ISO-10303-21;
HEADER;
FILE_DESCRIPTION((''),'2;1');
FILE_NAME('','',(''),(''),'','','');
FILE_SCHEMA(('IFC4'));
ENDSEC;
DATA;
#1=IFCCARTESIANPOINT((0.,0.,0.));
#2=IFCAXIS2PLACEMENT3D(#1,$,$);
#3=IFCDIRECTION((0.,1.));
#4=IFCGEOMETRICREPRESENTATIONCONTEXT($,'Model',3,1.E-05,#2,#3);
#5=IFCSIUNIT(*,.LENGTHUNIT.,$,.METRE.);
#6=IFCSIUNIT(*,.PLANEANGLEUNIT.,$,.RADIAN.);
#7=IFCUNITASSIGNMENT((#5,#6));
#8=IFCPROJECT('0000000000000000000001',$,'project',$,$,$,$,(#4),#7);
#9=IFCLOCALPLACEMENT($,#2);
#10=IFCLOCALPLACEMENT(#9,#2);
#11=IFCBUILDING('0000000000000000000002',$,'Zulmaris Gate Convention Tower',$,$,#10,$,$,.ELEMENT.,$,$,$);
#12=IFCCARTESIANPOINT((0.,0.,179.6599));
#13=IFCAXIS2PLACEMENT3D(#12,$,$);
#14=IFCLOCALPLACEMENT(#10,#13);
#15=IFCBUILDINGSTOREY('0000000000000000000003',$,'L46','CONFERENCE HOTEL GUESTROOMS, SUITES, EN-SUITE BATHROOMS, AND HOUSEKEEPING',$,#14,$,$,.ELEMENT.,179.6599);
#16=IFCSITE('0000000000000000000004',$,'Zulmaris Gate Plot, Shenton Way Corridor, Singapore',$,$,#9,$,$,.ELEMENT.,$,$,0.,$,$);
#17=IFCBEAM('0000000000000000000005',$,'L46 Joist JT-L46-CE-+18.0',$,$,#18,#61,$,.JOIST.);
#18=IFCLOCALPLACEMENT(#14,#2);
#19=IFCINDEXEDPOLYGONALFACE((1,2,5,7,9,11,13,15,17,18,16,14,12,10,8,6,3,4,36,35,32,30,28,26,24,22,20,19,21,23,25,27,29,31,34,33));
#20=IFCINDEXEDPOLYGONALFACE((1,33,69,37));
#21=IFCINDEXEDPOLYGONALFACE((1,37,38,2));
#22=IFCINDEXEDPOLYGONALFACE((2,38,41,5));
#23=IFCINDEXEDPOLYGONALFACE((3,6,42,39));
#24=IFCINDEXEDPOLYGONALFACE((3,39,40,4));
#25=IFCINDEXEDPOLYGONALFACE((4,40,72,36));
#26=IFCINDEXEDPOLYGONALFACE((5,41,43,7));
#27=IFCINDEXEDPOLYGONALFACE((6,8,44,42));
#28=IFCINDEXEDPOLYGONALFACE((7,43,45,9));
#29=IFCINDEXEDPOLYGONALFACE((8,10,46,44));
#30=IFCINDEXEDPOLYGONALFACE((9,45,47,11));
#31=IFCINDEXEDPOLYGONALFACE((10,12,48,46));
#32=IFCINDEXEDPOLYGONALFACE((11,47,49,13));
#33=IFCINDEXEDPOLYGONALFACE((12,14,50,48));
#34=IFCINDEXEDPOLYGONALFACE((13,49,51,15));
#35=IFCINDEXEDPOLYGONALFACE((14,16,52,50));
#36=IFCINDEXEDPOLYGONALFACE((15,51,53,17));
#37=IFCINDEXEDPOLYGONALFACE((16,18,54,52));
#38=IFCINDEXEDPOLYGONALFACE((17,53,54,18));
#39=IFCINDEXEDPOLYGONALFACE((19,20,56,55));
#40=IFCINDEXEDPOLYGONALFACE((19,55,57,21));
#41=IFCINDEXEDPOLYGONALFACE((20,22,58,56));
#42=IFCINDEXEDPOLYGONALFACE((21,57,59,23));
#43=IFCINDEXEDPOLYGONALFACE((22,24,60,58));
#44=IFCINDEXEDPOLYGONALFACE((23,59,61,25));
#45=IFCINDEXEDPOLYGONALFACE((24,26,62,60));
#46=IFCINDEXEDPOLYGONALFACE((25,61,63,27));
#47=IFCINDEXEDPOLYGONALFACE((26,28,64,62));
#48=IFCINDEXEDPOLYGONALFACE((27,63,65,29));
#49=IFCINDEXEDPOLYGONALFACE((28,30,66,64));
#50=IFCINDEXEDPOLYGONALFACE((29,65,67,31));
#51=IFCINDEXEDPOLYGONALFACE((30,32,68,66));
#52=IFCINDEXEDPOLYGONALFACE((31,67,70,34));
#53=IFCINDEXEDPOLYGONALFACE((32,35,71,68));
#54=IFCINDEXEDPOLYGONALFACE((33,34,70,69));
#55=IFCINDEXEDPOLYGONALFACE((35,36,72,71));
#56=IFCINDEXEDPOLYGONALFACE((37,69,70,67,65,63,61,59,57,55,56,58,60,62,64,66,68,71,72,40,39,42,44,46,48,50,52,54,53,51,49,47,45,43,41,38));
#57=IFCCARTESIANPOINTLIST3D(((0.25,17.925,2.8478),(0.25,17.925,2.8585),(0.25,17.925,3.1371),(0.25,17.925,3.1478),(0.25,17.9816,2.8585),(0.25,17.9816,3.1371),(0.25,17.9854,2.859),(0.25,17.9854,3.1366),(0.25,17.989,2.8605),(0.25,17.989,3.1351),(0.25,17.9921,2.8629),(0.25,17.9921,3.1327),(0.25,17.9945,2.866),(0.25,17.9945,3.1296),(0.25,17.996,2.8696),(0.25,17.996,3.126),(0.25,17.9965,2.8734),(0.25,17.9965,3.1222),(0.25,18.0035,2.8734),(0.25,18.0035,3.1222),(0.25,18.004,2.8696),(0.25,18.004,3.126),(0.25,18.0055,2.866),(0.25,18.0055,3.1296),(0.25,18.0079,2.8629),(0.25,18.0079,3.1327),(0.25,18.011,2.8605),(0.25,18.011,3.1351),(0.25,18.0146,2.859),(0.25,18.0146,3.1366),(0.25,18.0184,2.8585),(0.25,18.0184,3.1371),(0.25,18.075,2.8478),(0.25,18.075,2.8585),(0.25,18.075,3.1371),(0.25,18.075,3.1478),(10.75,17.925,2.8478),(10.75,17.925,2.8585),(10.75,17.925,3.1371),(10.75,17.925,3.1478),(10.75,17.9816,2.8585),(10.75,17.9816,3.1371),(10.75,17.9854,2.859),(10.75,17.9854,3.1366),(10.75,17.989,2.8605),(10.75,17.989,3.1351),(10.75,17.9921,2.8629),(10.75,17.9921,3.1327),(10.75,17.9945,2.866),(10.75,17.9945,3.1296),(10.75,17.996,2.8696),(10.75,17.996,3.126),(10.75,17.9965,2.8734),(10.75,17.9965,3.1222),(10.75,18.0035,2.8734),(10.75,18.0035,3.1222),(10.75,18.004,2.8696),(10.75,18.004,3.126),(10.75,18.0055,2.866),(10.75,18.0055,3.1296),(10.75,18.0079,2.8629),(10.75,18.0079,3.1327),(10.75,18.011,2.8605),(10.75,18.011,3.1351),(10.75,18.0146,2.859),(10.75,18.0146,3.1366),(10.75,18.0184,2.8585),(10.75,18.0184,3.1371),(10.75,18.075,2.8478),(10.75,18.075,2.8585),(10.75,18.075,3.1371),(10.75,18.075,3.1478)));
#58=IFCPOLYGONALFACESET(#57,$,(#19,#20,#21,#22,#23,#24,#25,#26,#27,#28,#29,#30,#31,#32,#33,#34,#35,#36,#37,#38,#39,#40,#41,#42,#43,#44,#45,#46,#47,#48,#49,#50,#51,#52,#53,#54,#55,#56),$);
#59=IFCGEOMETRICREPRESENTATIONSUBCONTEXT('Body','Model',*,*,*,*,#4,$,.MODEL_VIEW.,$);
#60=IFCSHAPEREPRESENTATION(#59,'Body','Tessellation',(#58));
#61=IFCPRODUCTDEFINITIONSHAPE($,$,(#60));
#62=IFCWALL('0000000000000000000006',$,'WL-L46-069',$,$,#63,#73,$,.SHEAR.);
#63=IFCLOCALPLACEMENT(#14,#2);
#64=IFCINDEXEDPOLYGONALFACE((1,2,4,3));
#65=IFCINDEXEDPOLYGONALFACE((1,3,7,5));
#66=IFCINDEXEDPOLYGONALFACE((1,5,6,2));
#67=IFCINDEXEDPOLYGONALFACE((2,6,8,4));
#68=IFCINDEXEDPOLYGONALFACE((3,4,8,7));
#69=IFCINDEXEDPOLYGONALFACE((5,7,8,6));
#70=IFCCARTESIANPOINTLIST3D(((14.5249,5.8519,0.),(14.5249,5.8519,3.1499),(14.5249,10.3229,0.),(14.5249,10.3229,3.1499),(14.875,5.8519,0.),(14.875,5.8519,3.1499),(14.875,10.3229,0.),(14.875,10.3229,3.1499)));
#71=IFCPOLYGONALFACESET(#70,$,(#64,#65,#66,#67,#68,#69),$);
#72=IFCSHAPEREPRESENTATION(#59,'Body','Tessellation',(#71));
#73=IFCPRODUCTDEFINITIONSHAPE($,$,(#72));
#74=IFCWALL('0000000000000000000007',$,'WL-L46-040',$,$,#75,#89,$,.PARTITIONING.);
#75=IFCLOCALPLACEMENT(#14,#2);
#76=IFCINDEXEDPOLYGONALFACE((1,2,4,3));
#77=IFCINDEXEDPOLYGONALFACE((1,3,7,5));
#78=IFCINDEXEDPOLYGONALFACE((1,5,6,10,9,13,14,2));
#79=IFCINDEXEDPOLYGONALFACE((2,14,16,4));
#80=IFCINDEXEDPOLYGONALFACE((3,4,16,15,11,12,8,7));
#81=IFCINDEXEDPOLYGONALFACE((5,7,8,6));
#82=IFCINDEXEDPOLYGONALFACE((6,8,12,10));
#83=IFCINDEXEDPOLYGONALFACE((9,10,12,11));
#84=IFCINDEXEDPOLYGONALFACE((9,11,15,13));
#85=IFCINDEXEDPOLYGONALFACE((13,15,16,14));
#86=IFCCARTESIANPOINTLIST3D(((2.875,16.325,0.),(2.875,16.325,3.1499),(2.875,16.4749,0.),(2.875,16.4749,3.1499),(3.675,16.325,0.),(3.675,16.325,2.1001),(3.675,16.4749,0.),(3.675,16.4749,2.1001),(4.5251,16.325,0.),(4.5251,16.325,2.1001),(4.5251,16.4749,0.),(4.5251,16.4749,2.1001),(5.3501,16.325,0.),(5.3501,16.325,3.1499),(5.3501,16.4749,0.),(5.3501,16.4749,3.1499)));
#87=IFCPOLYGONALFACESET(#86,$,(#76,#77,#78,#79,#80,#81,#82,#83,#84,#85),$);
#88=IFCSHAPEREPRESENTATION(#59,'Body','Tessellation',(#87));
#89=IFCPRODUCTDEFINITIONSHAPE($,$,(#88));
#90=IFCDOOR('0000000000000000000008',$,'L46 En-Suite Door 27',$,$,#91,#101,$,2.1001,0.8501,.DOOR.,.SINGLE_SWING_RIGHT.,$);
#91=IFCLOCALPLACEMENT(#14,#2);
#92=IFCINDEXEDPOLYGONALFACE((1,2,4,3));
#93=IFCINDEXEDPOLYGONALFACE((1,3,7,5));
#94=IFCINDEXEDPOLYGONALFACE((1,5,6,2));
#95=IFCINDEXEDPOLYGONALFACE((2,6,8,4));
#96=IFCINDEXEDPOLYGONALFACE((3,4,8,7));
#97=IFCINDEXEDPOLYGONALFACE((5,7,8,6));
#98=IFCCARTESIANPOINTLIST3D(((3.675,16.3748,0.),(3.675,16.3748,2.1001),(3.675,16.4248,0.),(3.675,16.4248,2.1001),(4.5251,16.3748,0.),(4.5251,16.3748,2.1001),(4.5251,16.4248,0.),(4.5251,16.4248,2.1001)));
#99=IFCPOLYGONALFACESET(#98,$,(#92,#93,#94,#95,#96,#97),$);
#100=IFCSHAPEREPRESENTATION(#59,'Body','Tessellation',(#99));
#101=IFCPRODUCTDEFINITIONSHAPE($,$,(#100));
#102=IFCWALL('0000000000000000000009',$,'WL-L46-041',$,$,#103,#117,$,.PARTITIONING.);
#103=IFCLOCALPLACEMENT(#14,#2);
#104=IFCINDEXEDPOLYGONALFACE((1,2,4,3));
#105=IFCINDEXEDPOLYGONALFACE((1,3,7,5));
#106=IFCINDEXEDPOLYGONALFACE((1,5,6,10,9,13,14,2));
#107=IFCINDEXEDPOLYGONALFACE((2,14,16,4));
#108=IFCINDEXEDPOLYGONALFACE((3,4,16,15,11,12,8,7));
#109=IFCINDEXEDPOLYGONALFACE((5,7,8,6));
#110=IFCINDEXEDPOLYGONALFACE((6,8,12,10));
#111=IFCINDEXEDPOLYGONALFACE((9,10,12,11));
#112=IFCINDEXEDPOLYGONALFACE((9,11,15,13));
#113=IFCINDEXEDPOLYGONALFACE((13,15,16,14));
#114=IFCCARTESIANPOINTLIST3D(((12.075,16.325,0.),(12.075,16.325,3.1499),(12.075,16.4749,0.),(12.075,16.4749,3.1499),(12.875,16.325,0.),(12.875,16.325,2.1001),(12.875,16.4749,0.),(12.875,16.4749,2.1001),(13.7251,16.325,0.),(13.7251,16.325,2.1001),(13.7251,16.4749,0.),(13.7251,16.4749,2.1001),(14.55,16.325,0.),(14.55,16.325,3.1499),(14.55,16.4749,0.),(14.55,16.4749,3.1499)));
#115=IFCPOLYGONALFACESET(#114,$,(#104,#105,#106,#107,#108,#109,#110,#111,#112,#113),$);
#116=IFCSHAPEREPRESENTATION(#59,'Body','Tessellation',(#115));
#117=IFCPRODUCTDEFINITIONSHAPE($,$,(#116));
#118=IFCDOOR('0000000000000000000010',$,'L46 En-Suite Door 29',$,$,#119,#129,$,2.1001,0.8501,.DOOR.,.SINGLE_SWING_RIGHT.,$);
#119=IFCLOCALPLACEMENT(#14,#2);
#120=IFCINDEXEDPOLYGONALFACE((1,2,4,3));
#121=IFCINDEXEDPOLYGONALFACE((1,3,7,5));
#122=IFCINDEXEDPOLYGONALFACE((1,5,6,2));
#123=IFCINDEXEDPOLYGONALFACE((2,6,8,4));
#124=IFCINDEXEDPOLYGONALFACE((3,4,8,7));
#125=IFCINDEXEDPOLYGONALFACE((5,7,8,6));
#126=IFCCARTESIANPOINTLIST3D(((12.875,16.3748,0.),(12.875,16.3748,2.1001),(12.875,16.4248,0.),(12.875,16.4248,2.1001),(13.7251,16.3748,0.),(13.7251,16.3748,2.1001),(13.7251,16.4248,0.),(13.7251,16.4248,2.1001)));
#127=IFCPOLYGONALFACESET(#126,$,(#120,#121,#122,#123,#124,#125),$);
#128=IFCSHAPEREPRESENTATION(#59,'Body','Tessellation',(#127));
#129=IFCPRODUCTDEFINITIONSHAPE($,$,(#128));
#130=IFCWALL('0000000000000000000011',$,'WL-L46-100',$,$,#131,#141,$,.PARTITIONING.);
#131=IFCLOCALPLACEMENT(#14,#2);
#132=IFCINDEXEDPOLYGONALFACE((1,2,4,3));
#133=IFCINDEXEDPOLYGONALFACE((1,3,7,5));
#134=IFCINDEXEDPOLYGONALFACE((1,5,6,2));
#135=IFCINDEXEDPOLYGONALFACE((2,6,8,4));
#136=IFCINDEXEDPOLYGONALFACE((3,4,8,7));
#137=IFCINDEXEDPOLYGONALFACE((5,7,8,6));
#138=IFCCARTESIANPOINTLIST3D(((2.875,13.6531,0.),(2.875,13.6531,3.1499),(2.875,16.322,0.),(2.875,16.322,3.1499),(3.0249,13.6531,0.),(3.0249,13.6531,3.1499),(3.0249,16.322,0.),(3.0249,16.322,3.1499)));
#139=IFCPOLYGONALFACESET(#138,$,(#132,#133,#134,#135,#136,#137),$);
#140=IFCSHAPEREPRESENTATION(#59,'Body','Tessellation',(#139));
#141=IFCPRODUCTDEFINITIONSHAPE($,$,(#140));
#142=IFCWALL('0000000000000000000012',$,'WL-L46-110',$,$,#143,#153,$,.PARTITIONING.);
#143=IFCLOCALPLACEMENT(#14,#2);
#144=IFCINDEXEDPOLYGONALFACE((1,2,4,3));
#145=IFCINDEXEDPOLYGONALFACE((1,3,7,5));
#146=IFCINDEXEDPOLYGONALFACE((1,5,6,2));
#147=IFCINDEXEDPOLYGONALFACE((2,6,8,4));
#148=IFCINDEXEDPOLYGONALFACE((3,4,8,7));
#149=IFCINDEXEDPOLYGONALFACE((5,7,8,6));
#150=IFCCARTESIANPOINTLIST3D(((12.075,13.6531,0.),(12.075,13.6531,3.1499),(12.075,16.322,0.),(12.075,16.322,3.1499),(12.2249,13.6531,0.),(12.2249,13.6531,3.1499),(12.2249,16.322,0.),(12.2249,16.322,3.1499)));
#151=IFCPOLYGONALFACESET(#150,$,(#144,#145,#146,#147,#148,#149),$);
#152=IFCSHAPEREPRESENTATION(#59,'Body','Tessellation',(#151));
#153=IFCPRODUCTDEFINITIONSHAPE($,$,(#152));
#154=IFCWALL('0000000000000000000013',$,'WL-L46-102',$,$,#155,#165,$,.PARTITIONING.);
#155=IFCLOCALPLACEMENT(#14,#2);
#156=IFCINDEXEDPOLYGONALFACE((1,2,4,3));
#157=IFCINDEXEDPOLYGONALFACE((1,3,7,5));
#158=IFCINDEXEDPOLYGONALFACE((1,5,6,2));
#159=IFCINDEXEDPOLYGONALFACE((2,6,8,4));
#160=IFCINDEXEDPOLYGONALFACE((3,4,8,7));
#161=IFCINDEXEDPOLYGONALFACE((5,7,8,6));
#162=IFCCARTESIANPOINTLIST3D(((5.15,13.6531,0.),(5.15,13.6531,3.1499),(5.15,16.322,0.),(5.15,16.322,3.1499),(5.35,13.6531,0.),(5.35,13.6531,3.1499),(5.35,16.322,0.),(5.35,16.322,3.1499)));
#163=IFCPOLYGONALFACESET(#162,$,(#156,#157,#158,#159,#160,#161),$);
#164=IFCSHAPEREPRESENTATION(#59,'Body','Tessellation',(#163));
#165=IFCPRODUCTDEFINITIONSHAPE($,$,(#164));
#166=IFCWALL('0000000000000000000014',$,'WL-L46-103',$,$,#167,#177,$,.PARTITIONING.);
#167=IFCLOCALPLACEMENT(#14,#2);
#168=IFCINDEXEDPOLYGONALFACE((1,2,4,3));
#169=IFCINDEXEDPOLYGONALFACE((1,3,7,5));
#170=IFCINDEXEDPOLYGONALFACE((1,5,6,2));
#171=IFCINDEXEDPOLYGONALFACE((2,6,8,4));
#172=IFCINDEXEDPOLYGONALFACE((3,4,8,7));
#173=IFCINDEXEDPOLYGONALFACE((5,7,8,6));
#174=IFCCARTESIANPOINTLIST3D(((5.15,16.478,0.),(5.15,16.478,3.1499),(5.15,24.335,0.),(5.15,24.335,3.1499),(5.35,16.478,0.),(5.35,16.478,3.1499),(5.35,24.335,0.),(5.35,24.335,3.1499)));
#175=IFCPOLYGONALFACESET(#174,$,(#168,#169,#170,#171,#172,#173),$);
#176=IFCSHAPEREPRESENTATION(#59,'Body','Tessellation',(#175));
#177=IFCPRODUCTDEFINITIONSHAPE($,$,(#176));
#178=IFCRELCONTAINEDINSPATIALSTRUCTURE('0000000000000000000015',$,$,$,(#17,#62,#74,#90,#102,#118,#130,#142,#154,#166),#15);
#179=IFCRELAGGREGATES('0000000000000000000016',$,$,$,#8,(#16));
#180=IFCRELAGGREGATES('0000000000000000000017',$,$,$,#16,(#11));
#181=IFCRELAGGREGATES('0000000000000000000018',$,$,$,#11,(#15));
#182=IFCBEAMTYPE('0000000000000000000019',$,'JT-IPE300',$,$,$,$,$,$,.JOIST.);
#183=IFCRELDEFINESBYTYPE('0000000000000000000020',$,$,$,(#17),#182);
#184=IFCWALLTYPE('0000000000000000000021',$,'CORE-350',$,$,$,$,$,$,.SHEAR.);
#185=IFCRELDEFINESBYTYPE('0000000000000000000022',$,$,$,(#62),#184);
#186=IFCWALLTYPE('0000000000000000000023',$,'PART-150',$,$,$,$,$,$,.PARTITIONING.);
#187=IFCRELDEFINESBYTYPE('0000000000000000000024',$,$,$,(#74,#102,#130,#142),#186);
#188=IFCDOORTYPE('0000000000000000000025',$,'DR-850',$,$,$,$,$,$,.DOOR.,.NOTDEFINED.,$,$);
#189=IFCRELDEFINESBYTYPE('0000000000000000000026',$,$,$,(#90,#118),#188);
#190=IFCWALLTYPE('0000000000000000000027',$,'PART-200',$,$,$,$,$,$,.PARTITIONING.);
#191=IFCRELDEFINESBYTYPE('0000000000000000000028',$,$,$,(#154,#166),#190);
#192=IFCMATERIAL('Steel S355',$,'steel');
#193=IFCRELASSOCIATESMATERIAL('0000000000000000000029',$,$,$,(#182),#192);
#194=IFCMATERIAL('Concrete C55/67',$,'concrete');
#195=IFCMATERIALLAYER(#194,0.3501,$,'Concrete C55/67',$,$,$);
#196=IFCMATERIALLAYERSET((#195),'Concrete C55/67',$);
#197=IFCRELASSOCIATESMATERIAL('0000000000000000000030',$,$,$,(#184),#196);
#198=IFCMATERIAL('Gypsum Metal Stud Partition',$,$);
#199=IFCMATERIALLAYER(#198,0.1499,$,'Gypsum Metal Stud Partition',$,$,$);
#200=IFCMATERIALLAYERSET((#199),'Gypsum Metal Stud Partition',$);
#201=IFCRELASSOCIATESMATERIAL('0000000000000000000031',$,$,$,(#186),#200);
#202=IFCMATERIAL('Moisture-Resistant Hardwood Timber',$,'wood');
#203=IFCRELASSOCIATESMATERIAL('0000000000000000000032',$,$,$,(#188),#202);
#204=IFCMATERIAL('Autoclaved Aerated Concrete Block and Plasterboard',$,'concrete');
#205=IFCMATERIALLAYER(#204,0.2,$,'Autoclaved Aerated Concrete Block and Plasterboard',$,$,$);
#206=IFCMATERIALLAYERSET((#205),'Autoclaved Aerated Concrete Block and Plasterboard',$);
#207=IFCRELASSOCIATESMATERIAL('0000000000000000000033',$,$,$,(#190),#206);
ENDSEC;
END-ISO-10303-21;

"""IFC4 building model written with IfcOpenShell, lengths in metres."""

from ifc_helpers import new_model, si_unit, direction, frame, frame_2d, origin, origin_2d, place, context, subcontext, project, spatial, rectangle, i_section, extrude, material, layer, layer_set, material_profile, profile_set, type_object, element, fill, save


model = new_model("IFC4")

# Units and contexts
model_context = context("Model", 3, precision=1e-05, world=origin(), true_north=direction((0.0, 1.0)))
body_context = subcontext(model_context, "Body", "Model", "MODEL_VIEW")
ifc_project = project(units=[si_unit("LENGTHUNIT", "METRE"), si_unit("PLANEANGLEUNIT", "RADIAN")], contexts=[model_context])

# Site, building, storey
site_placement = place(None, origin())
site = spatial("IfcSite", under=ifc_project, at=site_placement, Name="Zulmaris Gate Plot, Shenton Way Corridor, Singapore", CompositionType="ELEMENT", RefElevation=0.0)
building_placement = place(site_placement, origin())
building = spatial("IfcBuilding", under=site, at=building_placement, Name="Zulmaris Gate Convention Tower", CompositionType="ELEMENT")
storey_placement = place(building_placement, frame((0.0, 0.0, 179.6599)))
storey = spatial("IfcBuildingStorey", under=building, at=storey_placement, Name="L46", Description="CONFERENCE HOTEL GUESTROOMS, SUITES, EN-SUITE BATHROOMS, AND HOUSEKEEPING", CompositionType="ELEMENT", Elevation=179.6599)

# Beam
ifc_material_1 = material(Name="Steel S355", Category="steel")
ifc_material_profile_1 = material_profile(ifc_material_1, i_section(OverallWidth=0.1499, OverallDepth=0.3, WebThickness=0.0071, FlangeThickness=0.0107, FilletRadius=0.0149, at=origin_2d()), Name="IPE 300")
ifc_profile_set_1 = profile_set([ifc_material_profile_1], Name="Steel S355")
beam_type_1 = type_object("IfcBeamType", Name="JT-IPE300", PredefinedType="JOIST", material=ifc_profile_set_1)
for number, where, z_axis, x_axis, name in (
    (1, (0.25, 18.0, 2.9978), (1.0, 0.0, 0.0), (0.0, 1.0, 0.0), "L46 Joist JT-L46-CE-+18.0"),
):
    element("IfcBeam", number, at=place(storey_placement, frame(where, z_axis=z_axis, x_axis=x_axis)), inside=storey, type_object=beam_type_1, Name=name, PredefinedType="JOIST", context=body_context, shape_type="SweptSolid", body=[
        extrude(i_section(OverallWidth=0.1499, OverallDepth=0.3, WebThickness=0.0071, FlangeThickness=0.0107, FilletRadius=0.0149, at=origin_2d()), origin(), (0.0, 0.0, 1.0), 10.5),
    ])

# Shared definitions
ifc_material_2 = material(Name="Concrete C55/67", Category="concrete")
ifc_layer_1 = layer(ifc_material_2, 0.3501, Name="Concrete C55/67")
ifc_layer_set_1 = layer_set([ifc_layer_1], Name="Concrete C55/67")
wall_type_1 = type_object("IfcWallType", Name="CORE-350", PredefinedType="SHEAR", material=ifc_layer_set_1)

# Wall
wall_1_placement = place(storey_placement, frame((14.7, 5.8521, 0.0), z_axis=(0.0, 0.0, 1.0), x_axis=(0.0, 1.0, 0.0)))
element("IfcWall", 2, at=wall_1_placement, inside=storey, type_object=wall_type_1, Name="WL-L46-069", PredefinedType="SHEAR", context=body_context, shape_type="SweptSolid", body=[
    extrude(rectangle(XDim=4.4709, YDim=0.3501, at=frame_2d((2.2354, 0.0))), origin(), (0.0, 0.0, 1.0), 3.1499),
])

# Walls, openings, doors
ifc_material_3 = material(Name="Gypsum Metal Stud Partition")
ifc_layer_2 = layer(ifc_material_3, 0.1499, Name="Gypsum Metal Stud Partition")
ifc_layer_set_2 = layer_set([ifc_layer_2], Name="Gypsum Metal Stud Partition")
wall_type_2 = type_object("IfcWallType", Name="PART-150", PredefinedType="PARTITIONING", material=ifc_layer_set_2)
wall_2_placement = place(storey_placement, frame((2.875, 16.3999, 0.0), z_axis=(0.0, 0.0, 1.0), x_axis=(1.0, 0.0, 0.0)))
wall_2 = element("IfcWall", 3, at=wall_2_placement, inside=storey, type_object=wall_type_2, Name="WL-L46-040", PredefinedType="PARTITIONING", context=body_context, shape_type="SweptSolid", body=[
    extrude(rectangle(XDim=2.4751, YDim=0.1499, at=frame_2d((1.2375, 0.0))), origin(), (0.0, 0.0, 1.0), 3.1499),
])
opening_1_placement = place(wall_2_placement, frame((0.8, 0.0, 0.0)))
opening_1 = element("IfcOpeningElement", 4, at=opening_1_placement, cuts=wall_2, PredefinedType="OPENING", context=body_context, shape_type="SweptSolid", body=[
    extrude(rectangle(XDim=0.8501, YDim=2.1001, at=frame_2d((0.425, 1.05))), frame((0.0, 0.085, 0.0), z_axis=(0.0, -1.0, 0.0), x_axis=(1.0, 0.0, 0.0)), (0.0, 0.0, 1.0), 0.1699),
])
ifc_material_4 = material(Name="Moisture-Resistant Hardwood Timber", Category="wood")
door_type_1 = type_object("IfcDoorType", Name="DR-850", OperationType="NOTDEFINED", PredefinedType="DOOR", material=ifc_material_4)
door_1_placement = place(opening_1_placement, origin())
door_1 = element("IfcDoor", 5, at=door_1_placement, inside=storey, type_object=door_type_1, Name="L46 En-Suite Door 27", OperationType="SINGLE_SWING_RIGHT", OverallHeight=2.1001, OverallWidth=0.8501, PredefinedType="DOOR", context=body_context, shape_type="SweptSolid", body=[
    extrude(rectangle(XDim=0.8501, YDim=2.1001, at=frame_2d((0.425, 1.05))), frame((0.0, 0.0249, 0.0), z_axis=(0.0, -1.0, 0.0), x_axis=(1.0, 0.0, 0.0)), (0.0, 0.0, 1.0), 0.05),
])
fill(opening_1, door_1)
wall_3_placement = place(storey_placement, frame((12.075, 16.3999, 0.0), z_axis=(0.0, 0.0, 1.0), x_axis=(1.0, 0.0, 0.0)))
wall_3 = element("IfcWall", 6, at=wall_3_placement, inside=storey, type_object=wall_type_2, Name="WL-L46-041", PredefinedType="PARTITIONING", context=body_context, shape_type="SweptSolid", body=[
    extrude(rectangle(XDim=2.4751, YDim=0.1499, at=frame_2d((1.2375, 0.0))), origin(), (0.0, 0.0, 1.0), 3.1499),
])
opening_2_placement = place(wall_3_placement, frame((0.8, 0.0, 0.0)))
opening_2 = element("IfcOpeningElement", 7, at=opening_2_placement, cuts=wall_3, PredefinedType="OPENING", context=body_context, shape_type="SweptSolid", body=[
    extrude(rectangle(XDim=0.8501, YDim=2.1001, at=frame_2d((0.425, 1.05))), frame((0.0, 0.085, 0.0), z_axis=(0.0, -1.0, 0.0), x_axis=(1.0, 0.0, 0.0)), (0.0, 0.0, 1.0), 0.1699),
])
door_2_placement = place(opening_2_placement, origin())
door_2 = element("IfcDoor", 8, at=door_2_placement, inside=storey, type_object=door_type_1, Name="L46 En-Suite Door 29", OperationType="SINGLE_SWING_RIGHT", OverallHeight=2.1001, OverallWidth=0.8501, PredefinedType="DOOR", context=body_context, shape_type="SweptSolid", body=[
    extrude(rectangle(XDim=0.8501, YDim=2.1001, at=frame_2d((0.425, 1.05))), frame((0.0, 0.0249, 0.0), z_axis=(0.0, -1.0, 0.0), x_axis=(1.0, 0.0, 0.0)), (0.0, 0.0, 1.0), 0.05),
])
fill(opening_2, door_2)

# Walls
for number, where, z_axis, x_axis, name in (
    (9, (2.95, 13.6531, 0.0), (0.0, 0.0, 1.0), (0.0, 1.0, 0.0), "WL-L46-100"),
    (10, (12.1499, 13.6531, 0.0), (0.0, 0.0, 1.0), (0.0, 1.0, 0.0), "WL-L46-110"),
):
    element("IfcWall", number, at=place(storey_placement, frame(where, z_axis=z_axis, x_axis=x_axis)), inside=storey, type_object=wall_type_2, Name=name, PredefinedType="PARTITIONING", context=body_context, shape_type="SweptSolid", body=[
        extrude(rectangle(XDim=2.6689, YDim=0.1499, at=frame_2d((1.3345, 0.0))), origin(), (0.0, 0.0, 1.0), 3.1499),
    ])
ifc_material_5 = material(Name="Autoclaved Aerated Concrete Block and Plasterboard", Category="concrete")
ifc_layer_3 = layer(ifc_material_5, 0.2, Name="Autoclaved Aerated Concrete Block and Plasterboard")
ifc_layer_set_3 = layer_set([ifc_layer_3], Name="Autoclaved Aerated Concrete Block and Plasterboard")
wall_type_3 = type_object("IfcWallType", Name="PART-200", PredefinedType="PARTITIONING", material=ifc_layer_set_3)
wall_4_placement = place(storey_placement, frame((5.25, 13.6531, 0.0), z_axis=(0.0, 0.0, 1.0), x_axis=(0.0, 1.0, 0.0)))
element("IfcWall", 11, at=wall_4_placement, inside=storey, type_object=wall_type_3, Name="WL-L46-102", PredefinedType="PARTITIONING", context=body_context, shape_type="SweptSolid", body=[
    extrude(rectangle(XDim=2.6689, YDim=0.2, at=frame_2d((1.3345, 0.0))), origin(), (0.0, 0.0, 1.0), 3.1499),
])
wall_5_placement = place(storey_placement, frame((5.25, 16.478, 0.0), z_axis=(0.0, 0.0, 1.0), x_axis=(0.0, 1.0, 0.0)))
element("IfcWall", 12, at=wall_5_placement, inside=storey, type_object=wall_type_3, Name="WL-L46-103", PredefinedType="PARTITIONING", context=body_context, shape_type="SweptSolid", body=[
    extrude(rectangle(XDim=7.8569, YDim=0.2, at=frame_2d((3.9285, 0.0))), origin(), (0.0, 0.0, 1.0), 3.1499),
])

save(model, "model.ifc")
